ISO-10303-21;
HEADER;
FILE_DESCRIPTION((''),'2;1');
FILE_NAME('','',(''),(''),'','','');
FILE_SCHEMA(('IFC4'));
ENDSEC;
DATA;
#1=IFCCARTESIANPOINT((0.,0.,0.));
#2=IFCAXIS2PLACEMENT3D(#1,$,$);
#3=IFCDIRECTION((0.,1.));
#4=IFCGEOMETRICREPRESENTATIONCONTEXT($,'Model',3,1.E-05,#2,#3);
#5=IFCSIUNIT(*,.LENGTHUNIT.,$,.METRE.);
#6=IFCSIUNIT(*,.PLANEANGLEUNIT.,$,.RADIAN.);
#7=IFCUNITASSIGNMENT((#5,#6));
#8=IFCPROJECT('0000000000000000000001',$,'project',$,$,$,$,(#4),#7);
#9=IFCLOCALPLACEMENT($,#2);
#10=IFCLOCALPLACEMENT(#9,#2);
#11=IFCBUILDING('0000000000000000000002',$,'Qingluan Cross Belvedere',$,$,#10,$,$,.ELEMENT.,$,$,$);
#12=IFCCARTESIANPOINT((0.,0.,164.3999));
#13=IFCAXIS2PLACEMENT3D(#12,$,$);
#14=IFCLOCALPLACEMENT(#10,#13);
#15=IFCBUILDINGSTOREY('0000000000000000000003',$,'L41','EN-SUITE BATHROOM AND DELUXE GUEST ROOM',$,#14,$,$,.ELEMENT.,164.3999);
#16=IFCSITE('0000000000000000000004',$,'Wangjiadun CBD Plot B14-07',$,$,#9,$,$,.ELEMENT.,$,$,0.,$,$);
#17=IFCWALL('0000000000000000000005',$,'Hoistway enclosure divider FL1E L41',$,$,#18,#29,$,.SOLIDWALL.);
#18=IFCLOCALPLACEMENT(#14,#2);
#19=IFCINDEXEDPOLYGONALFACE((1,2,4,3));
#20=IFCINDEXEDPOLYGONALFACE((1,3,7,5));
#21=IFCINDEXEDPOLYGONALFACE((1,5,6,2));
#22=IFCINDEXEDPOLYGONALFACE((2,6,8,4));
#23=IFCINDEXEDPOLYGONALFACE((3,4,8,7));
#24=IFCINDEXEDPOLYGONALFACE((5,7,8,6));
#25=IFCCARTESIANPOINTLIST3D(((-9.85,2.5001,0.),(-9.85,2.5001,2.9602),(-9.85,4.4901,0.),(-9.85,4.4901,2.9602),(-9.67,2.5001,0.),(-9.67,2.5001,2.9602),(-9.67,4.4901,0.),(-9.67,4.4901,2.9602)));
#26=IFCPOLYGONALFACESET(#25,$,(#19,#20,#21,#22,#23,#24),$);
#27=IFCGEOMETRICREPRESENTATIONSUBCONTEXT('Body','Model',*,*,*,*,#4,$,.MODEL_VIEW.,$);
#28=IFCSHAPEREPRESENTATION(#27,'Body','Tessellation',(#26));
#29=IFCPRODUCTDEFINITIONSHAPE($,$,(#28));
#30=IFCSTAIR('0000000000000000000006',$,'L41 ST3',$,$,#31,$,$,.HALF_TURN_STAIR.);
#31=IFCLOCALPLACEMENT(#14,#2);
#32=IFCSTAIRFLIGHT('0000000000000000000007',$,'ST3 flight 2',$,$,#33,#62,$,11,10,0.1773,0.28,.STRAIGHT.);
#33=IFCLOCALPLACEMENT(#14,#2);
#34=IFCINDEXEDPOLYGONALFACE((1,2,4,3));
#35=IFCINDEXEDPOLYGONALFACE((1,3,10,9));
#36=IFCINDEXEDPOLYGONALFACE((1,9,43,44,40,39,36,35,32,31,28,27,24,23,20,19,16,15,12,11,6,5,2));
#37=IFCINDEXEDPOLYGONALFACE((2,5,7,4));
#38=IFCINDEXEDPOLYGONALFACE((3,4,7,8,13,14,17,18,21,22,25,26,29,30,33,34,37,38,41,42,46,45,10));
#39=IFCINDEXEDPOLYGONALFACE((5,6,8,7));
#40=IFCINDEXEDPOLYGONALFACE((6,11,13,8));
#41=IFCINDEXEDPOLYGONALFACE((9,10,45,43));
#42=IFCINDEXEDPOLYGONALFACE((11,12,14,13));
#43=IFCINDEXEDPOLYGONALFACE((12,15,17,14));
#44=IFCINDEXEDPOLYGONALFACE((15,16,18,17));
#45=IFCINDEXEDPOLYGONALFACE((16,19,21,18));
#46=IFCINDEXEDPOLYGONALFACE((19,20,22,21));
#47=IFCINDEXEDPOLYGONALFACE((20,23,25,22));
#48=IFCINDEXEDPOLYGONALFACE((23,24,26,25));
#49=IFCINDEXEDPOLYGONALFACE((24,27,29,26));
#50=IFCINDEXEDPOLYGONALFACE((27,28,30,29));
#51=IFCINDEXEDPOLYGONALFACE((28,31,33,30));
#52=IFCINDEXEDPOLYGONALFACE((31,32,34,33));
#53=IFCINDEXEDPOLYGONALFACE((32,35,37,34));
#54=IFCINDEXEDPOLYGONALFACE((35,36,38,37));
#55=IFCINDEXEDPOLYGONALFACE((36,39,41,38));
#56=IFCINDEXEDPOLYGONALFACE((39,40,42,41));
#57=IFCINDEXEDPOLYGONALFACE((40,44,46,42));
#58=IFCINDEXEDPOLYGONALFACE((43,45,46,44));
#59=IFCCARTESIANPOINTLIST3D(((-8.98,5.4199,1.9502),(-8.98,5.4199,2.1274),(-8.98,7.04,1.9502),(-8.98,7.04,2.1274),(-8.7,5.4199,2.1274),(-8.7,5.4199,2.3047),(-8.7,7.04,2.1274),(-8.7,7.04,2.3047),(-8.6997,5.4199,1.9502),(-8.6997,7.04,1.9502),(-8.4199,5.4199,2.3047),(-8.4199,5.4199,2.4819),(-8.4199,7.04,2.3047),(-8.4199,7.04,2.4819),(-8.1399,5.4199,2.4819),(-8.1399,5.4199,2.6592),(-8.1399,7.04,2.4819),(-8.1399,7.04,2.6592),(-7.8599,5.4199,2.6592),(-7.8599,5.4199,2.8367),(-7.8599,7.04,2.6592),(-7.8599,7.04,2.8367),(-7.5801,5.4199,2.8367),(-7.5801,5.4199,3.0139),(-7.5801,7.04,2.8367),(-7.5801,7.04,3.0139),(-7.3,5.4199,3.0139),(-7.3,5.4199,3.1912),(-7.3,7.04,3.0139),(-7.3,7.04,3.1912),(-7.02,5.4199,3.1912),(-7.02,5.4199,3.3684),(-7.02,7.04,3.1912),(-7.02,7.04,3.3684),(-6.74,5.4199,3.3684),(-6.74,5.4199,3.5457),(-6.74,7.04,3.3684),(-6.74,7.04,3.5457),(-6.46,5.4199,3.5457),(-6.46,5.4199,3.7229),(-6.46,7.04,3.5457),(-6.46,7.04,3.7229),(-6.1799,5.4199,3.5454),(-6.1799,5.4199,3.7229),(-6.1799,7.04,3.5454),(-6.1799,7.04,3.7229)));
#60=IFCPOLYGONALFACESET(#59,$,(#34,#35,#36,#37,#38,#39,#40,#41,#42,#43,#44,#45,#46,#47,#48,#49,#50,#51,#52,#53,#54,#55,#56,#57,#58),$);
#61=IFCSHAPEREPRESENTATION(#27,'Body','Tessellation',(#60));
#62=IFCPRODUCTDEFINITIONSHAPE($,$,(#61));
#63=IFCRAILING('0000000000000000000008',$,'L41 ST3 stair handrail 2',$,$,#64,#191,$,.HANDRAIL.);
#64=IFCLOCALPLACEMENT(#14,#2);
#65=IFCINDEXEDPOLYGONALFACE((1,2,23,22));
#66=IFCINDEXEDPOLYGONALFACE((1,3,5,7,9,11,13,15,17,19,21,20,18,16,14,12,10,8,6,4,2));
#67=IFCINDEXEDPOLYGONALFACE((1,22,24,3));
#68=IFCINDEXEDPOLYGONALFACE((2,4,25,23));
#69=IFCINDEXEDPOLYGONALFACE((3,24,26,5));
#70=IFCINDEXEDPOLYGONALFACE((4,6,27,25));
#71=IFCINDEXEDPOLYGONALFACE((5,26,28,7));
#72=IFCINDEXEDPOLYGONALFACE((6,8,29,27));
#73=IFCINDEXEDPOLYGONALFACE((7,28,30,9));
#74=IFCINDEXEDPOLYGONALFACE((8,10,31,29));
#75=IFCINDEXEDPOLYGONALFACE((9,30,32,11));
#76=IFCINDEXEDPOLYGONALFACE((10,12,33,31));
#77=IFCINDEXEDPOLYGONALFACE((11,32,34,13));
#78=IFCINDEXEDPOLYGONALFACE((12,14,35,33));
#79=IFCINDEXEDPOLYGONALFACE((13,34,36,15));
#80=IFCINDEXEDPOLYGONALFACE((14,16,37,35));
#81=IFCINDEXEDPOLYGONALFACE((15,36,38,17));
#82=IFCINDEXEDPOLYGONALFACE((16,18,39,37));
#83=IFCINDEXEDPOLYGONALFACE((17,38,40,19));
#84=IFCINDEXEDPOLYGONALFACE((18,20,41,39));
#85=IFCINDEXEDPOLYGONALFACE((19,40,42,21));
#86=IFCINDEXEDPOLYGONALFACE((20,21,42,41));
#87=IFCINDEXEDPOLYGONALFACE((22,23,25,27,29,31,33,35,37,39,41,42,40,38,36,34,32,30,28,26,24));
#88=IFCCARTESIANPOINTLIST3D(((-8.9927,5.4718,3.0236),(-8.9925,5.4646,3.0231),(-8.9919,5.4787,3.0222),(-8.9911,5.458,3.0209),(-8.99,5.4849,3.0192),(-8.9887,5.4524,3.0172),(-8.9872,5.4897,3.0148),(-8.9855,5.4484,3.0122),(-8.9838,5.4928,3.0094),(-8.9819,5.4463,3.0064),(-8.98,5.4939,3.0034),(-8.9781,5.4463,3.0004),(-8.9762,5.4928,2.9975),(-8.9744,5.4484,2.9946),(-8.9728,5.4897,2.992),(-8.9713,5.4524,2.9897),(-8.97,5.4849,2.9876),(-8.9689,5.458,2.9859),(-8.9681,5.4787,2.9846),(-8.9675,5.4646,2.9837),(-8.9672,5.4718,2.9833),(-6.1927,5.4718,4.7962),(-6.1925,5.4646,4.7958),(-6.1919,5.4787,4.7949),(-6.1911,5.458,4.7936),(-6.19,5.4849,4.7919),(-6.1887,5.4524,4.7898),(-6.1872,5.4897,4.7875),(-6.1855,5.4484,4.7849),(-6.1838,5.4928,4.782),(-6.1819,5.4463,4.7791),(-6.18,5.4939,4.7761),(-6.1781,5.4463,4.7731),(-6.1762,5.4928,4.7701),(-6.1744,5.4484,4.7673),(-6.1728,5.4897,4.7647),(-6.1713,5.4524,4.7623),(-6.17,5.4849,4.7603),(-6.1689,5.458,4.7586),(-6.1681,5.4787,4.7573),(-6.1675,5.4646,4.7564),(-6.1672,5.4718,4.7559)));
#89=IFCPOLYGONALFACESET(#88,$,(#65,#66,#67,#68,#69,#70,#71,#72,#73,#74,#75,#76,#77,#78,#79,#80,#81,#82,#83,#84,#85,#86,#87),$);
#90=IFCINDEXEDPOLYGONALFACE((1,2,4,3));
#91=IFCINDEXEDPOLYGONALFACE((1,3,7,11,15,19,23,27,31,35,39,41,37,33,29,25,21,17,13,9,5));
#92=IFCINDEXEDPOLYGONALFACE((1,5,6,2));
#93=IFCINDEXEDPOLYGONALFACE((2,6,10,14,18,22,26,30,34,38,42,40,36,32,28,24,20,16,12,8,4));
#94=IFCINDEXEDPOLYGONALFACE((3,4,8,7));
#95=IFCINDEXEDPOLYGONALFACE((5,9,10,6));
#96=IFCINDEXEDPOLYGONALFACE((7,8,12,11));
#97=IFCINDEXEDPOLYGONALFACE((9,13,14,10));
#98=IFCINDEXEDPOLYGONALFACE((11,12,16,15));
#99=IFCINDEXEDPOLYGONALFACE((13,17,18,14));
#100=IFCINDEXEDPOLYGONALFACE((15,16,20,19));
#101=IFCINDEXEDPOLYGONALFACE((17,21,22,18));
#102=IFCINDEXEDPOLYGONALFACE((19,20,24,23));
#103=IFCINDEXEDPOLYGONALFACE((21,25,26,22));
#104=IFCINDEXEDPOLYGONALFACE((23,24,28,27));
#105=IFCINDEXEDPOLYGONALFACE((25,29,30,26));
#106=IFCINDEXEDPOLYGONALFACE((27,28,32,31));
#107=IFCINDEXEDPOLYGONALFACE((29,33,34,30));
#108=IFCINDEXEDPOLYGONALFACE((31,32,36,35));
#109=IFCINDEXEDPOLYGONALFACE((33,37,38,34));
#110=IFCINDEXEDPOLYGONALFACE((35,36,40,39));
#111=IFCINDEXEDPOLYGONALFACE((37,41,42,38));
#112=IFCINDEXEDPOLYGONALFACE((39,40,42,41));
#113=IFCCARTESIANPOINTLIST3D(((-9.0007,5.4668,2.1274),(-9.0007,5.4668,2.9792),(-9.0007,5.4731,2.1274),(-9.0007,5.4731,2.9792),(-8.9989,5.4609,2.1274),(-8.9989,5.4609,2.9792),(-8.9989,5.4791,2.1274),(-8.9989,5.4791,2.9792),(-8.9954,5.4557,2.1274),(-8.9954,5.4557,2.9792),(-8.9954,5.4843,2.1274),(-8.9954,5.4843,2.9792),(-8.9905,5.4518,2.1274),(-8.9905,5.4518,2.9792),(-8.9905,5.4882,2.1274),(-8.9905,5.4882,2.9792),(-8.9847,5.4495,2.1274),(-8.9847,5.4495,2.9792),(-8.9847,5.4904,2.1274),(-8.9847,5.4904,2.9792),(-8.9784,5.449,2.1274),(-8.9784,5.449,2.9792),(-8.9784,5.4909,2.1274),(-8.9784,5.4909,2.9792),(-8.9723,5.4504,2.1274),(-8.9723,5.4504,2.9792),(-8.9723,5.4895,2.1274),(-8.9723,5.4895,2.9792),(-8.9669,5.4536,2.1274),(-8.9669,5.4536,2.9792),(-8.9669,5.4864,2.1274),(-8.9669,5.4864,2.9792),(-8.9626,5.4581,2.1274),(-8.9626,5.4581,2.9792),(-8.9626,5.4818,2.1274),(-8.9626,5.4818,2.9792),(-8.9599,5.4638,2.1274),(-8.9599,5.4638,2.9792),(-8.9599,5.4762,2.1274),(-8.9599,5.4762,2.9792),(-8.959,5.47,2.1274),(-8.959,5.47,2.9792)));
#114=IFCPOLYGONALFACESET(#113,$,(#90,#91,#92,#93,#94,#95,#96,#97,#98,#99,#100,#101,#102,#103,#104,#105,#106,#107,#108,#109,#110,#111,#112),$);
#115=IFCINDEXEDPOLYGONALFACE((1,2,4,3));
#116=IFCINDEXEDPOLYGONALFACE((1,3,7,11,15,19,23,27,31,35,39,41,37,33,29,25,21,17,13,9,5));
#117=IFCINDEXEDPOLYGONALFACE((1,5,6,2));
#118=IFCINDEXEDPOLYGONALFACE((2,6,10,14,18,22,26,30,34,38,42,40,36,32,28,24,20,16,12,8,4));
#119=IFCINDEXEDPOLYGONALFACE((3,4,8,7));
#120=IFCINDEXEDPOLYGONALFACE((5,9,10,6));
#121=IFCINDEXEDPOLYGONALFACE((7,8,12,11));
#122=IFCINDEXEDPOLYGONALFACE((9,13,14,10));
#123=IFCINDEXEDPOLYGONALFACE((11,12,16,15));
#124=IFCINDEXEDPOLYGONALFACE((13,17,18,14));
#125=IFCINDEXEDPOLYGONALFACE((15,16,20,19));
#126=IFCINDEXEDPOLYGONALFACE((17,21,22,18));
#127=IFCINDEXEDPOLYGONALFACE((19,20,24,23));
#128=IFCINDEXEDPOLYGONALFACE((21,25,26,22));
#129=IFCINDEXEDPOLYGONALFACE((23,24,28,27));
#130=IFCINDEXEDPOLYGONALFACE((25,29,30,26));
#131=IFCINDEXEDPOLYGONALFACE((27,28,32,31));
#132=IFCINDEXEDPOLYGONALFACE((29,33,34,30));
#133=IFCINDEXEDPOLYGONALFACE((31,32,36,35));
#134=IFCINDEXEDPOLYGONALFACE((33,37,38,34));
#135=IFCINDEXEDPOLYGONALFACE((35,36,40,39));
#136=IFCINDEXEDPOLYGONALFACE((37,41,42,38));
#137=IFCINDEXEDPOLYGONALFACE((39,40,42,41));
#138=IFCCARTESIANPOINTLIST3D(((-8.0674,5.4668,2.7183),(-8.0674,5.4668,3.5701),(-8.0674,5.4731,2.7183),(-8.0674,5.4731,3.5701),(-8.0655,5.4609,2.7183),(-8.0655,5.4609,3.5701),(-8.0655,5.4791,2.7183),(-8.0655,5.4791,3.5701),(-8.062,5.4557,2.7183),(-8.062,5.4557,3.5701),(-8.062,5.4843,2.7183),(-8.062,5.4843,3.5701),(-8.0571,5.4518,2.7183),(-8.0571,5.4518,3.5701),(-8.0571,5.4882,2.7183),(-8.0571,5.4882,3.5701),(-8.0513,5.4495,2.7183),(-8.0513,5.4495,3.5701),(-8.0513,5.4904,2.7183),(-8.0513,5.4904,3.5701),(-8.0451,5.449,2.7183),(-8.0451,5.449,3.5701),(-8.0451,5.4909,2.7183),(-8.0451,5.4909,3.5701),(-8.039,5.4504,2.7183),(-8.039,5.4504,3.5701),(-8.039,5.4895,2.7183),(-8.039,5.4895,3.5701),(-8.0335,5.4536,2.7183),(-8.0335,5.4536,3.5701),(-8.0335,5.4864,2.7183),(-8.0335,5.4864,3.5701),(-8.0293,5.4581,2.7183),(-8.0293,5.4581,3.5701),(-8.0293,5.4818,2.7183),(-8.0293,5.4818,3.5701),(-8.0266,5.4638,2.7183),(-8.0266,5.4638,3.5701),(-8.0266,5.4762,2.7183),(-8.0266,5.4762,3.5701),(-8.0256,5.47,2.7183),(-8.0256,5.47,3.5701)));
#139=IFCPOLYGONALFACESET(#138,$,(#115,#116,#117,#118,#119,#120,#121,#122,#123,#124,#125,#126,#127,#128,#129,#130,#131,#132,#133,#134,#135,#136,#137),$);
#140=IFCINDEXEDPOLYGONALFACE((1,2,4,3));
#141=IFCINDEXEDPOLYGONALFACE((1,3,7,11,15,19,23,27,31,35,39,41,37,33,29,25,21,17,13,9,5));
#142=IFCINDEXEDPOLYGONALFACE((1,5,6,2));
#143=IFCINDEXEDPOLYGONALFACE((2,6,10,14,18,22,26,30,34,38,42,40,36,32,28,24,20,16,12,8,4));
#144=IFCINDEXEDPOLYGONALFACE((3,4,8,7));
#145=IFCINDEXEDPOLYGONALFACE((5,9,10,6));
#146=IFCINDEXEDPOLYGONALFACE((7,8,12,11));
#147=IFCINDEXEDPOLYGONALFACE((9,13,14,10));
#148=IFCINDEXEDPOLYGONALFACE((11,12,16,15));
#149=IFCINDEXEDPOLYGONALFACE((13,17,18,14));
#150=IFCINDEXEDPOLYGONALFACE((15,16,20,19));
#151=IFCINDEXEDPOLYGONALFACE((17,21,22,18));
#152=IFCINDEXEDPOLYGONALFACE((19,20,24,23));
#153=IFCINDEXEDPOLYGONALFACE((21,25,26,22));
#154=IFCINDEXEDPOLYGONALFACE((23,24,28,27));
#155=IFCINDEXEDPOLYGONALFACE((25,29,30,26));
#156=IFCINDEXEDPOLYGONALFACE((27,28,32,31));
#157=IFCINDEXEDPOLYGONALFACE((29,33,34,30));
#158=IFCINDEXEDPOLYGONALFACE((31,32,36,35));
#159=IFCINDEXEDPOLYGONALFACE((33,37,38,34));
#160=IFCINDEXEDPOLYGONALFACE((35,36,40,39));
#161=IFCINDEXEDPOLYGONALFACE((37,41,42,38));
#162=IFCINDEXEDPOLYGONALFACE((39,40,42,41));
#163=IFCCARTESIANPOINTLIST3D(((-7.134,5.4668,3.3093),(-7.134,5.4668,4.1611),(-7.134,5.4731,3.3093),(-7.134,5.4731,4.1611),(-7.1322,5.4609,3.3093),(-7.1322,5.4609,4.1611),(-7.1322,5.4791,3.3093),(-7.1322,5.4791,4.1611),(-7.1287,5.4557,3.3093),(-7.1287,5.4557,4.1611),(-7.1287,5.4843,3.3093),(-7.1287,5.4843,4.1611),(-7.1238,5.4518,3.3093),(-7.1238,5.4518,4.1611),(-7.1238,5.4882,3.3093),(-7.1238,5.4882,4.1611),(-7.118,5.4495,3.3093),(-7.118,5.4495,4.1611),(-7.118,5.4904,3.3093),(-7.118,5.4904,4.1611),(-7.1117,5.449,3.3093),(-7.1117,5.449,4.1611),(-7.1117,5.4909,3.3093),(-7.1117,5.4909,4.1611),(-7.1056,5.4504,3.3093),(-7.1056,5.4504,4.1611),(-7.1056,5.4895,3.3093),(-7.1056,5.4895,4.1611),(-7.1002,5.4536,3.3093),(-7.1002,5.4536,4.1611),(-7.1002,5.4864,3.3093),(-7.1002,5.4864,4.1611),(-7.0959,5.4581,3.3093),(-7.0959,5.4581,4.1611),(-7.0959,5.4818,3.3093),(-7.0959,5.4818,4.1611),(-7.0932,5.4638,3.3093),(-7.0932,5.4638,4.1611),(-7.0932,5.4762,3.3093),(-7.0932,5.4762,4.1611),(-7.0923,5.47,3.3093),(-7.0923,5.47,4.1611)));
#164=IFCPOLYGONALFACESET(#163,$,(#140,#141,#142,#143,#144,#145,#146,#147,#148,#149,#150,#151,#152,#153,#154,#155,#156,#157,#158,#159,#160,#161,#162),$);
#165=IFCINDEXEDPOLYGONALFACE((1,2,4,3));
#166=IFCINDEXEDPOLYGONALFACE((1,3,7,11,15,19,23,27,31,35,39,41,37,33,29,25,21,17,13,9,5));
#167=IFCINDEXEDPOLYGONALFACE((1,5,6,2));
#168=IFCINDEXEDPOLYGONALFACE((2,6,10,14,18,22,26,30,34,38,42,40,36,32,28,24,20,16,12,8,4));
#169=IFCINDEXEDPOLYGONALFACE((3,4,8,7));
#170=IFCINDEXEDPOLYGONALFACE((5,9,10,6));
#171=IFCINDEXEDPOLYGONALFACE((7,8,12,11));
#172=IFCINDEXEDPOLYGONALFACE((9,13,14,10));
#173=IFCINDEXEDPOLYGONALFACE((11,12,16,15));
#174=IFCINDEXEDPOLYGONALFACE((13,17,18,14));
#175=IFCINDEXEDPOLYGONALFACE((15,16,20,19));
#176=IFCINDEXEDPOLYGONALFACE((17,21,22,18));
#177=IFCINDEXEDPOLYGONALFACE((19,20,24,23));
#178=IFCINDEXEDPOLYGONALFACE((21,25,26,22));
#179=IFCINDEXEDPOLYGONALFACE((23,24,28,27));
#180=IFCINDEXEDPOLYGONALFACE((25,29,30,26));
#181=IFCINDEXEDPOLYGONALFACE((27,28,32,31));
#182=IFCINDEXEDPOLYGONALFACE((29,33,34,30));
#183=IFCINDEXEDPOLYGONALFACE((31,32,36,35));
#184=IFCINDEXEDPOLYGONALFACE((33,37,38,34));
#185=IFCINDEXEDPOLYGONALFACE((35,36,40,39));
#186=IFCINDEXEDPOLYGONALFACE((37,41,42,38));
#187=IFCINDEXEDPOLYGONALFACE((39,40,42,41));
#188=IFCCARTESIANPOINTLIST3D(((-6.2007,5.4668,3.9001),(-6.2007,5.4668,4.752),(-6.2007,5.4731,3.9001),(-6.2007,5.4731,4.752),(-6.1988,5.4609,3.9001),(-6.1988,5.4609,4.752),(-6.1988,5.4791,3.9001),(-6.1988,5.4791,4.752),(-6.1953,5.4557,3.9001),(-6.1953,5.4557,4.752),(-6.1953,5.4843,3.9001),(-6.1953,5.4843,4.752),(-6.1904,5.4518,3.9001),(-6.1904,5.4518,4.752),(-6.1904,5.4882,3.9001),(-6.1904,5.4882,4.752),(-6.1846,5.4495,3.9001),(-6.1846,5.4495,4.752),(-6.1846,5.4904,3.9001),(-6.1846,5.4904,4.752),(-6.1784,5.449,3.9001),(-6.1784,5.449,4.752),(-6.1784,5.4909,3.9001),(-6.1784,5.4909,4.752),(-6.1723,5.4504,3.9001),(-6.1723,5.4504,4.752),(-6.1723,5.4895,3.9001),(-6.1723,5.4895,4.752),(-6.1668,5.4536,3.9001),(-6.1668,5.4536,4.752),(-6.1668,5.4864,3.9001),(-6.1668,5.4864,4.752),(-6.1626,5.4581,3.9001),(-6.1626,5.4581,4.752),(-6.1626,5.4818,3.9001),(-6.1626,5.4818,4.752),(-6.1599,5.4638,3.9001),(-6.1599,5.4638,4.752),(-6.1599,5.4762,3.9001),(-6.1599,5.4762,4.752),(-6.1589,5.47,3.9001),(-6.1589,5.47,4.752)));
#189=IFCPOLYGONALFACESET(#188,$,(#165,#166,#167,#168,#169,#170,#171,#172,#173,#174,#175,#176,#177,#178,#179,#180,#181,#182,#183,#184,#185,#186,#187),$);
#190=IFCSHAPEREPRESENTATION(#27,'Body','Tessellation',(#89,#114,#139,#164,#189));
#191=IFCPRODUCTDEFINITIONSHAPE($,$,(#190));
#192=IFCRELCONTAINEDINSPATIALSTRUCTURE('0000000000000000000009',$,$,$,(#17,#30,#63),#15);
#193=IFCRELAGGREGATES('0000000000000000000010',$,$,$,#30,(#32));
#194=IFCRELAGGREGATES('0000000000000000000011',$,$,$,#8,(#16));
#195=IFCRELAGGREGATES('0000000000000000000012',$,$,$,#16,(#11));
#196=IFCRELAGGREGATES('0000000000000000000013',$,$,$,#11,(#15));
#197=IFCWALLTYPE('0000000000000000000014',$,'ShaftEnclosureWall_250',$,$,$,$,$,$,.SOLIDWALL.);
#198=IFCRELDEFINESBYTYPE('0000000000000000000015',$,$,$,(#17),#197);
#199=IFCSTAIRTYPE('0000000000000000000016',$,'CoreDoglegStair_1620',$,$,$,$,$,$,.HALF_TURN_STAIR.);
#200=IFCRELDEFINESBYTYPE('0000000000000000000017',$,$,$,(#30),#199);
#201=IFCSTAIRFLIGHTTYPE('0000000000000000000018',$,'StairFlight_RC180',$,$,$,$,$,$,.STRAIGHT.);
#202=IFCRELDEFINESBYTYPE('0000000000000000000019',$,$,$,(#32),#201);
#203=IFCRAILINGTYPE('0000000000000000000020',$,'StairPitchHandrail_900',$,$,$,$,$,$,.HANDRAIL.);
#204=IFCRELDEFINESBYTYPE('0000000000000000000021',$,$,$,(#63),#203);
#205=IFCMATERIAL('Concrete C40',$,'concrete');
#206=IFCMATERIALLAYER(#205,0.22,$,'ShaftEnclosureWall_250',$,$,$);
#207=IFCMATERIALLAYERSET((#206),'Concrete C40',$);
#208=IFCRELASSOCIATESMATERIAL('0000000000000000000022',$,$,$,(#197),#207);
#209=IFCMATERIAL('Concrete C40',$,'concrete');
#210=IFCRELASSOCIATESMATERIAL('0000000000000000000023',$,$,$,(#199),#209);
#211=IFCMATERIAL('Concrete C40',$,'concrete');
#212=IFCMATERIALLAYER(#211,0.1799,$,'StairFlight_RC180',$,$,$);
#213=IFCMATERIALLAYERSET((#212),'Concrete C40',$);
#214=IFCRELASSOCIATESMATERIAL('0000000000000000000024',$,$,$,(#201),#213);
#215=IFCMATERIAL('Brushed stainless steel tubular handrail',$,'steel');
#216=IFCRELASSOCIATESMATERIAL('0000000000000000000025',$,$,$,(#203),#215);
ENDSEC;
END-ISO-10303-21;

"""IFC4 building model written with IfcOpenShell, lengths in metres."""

from ifc_helpers import new_model, si_unit, direction, frame, frame_2d, origin, origin_2d, place, context, subcontext, project, spatial, polyline, rectangle, circle, outline, extrude, material, layer, layer_set, type_object, element, aggregate, save


model = new_model("IFC4")

# Units and contexts
model_context = context("Model", 3, precision=1e-05, world=origin(), true_north=direction((0.0, 1.0)))
body_context = subcontext(model_context, "Body", "Model", "MODEL_VIEW")
ifc_project = project(units=[si_unit("LENGTHUNIT", "METRE"), si_unit("PLANEANGLEUNIT", "RADIAN")], contexts=[model_context])

# Site, building, storey
site_placement = place(None, origin())
site = spatial("IfcSite", under=ifc_project, at=site_placement, Name="Wangjiadun CBD Plot B14-07", CompositionType="ELEMENT", RefElevation=0.0)
building_placement = place(site_placement, origin())
building = spatial("IfcBuilding", under=site, at=building_placement, Name="Qingluan Cross Belvedere", CompositionType="ELEMENT")
storey_placement = place(building_placement, frame((0.0, 0.0, 164.3999)))
storey = spatial("IfcBuildingStorey", under=building, at=storey_placement, Name="L41", Description="EN-SUITE BATHROOM AND DELUXE GUEST ROOM", CompositionType="ELEMENT", Elevation=164.3999)

# Shared definitions
ifc_material_1 = material(Name="Concrete C40", Category="concrete")
ifc_layer_1 = layer(ifc_material_1, 0.22, Name="ShaftEnclosureWall_250")
ifc_layer_set_1 = layer_set([ifc_layer_1], Name="Concrete C40")
wall_type_1 = type_object("IfcWallType", Name="ShaftEnclosureWall_250", PredefinedType="SOLIDWALL", material=ifc_layer_set_1)

# Wall
wall_1_placement = place(storey_placement, frame((-9.76, 2.5, 0.0), z_axis=(0.0, 0.0, 1.0), x_axis=(0.0, 1.0, 0.0)))
element("IfcWall", 1, at=wall_1_placement, inside=storey, type_object=wall_type_1, Name="Hoistway enclosure divider FL1E L41", PredefinedType="SOLIDWALL", context=body_context, shape_type="SweptSolid", body=[
    extrude(rectangle(XDim=1.99, YDim=0.1799, at=frame_2d((0.9951, 0.0))), origin(), (0.0, 0.0, 1.0), 2.9602),
])

# Stair, stair flight
ifc_material_2 = material(Name="Concrete C40", Category="concrete")
stair_type = type_object("IfcStairType", Name="CoreDoglegStair_1620", PredefinedType="HALF_TURN_STAIR", material=ifc_material_2)
stair_placement = place(storey_placement, origin())
stair = element("IfcStair", 2, at=stair_placement, inside=storey, type_object=stair_type, Name="L41 ST3", PredefinedType="HALF_TURN_STAIR")
ifc_material_3 = material(Name="Concrete C40", Category="concrete")
ifc_layer_2 = layer(ifc_material_3, 0.1799, Name="StairFlight_RC180")
ifc_layer_set_2 = layer_set([ifc_layer_2], Name="Concrete C40")
stair_flight_type = type_object("IfcStairFlightType", Name="StairFlight_RC180", PredefinedType="STRAIGHT", material=ifc_layer_set_2)
stair_flight_placement = place(storey_placement, frame((-8.98, 6.23, 1.9502), z_axis=(0.0, 0.0, 1.0), x_axis=(1.0, 0.0, 0.0)))
stair_flight = element("IfcStairFlight", 3, at=stair_flight_placement, type_object=stair_flight_type, Name="ST3 flight 2", NumberOfRisers=11, NumberOfTreads=10, PredefinedType="STRAIGHT", RiserHeight=0.1773, TreadLength=0.28, context=body_context, shape_type="SweptSolid", body=[
    extrude(outline(polyline([(0.0, 0.0), (0.0, 0.1772), (0.28, 0.1772), (0.28, 0.3545), (0.5601, 0.3545), (0.5601, 0.5317), (0.8401, 0.5317), (0.8401, 0.709), (1.1201, 0.709), (1.1201, 0.8865), (1.3999, 0.8865), (1.3999, 1.0637), (1.6799, 1.0637), (1.6799, 1.241), (1.96, 1.241), (1.96, 1.4182), (2.24, 1.4182), (2.24, 1.5955), (2.52, 1.5955), (2.52, 1.7727), (2.8, 1.7727), (2.8, 1.95), (2.8, 1.5952), (0.2803, 0.0), (0.0, 0.0)])), frame((0.0, 0.8101, 0.0), z_axis=(0.0, -1.0, 0.0), x_axis=(1.0, 0.0, 0.0)), (0.0, 0.0, 1.0), 1.6201),
])
aggregate(stair, [stair_flight])

# Railing
ifc_material_4 = material(Name="Brushed stainless steel tubular handrail", Category="steel")
railing_type_1 = type_object("IfcRailingType", Name="StairPitchHandrail_900", PredefinedType="HANDRAIL", material=ifc_material_4)
railing_1_placement = place(storey_placement, frame((-8.98, 5.47, 2.1274)))
element("IfcRailing", 4, at=railing_1_placement, inside=storey, type_object=railing_type_1, Name="L41 ST3 stair handrail 2", PredefinedType="HANDRAIL", context=body_context, shape_type="SweptSolid", body=[
    extrude(circle(Radius=0.0239, at=origin_2d()), frame((0.0, 0.0, 0.876), z_axis=(0.844909, 0.0, 0.53491), x_axis=(0.0, 1.0, 0.0)), (0.0, 0.0, 1.0), 3.314),
    extrude(circle(Radius=0.021, at=origin_2d()), origin(), (0.0, 0.0, 1.0), 0.8518),
    extrude(circle(Radius=0.021, at=origin_2d()), frame((0.9333, 0.0, 0.5908)), (0.0, 0.0, 1.0), 0.8518),
    extrude(circle(Radius=0.021, at=origin_2d()), frame((1.8667, 0.0, 1.1819)), (0.0, 0.0, 1.0), 0.8518),
    extrude(circle(Radius=0.021, at=origin_2d()), frame((2.8, 0.0, 1.7727)), (0.0, 0.0, 1.0), 0.8518),
])

save(model, "model.ifc")
